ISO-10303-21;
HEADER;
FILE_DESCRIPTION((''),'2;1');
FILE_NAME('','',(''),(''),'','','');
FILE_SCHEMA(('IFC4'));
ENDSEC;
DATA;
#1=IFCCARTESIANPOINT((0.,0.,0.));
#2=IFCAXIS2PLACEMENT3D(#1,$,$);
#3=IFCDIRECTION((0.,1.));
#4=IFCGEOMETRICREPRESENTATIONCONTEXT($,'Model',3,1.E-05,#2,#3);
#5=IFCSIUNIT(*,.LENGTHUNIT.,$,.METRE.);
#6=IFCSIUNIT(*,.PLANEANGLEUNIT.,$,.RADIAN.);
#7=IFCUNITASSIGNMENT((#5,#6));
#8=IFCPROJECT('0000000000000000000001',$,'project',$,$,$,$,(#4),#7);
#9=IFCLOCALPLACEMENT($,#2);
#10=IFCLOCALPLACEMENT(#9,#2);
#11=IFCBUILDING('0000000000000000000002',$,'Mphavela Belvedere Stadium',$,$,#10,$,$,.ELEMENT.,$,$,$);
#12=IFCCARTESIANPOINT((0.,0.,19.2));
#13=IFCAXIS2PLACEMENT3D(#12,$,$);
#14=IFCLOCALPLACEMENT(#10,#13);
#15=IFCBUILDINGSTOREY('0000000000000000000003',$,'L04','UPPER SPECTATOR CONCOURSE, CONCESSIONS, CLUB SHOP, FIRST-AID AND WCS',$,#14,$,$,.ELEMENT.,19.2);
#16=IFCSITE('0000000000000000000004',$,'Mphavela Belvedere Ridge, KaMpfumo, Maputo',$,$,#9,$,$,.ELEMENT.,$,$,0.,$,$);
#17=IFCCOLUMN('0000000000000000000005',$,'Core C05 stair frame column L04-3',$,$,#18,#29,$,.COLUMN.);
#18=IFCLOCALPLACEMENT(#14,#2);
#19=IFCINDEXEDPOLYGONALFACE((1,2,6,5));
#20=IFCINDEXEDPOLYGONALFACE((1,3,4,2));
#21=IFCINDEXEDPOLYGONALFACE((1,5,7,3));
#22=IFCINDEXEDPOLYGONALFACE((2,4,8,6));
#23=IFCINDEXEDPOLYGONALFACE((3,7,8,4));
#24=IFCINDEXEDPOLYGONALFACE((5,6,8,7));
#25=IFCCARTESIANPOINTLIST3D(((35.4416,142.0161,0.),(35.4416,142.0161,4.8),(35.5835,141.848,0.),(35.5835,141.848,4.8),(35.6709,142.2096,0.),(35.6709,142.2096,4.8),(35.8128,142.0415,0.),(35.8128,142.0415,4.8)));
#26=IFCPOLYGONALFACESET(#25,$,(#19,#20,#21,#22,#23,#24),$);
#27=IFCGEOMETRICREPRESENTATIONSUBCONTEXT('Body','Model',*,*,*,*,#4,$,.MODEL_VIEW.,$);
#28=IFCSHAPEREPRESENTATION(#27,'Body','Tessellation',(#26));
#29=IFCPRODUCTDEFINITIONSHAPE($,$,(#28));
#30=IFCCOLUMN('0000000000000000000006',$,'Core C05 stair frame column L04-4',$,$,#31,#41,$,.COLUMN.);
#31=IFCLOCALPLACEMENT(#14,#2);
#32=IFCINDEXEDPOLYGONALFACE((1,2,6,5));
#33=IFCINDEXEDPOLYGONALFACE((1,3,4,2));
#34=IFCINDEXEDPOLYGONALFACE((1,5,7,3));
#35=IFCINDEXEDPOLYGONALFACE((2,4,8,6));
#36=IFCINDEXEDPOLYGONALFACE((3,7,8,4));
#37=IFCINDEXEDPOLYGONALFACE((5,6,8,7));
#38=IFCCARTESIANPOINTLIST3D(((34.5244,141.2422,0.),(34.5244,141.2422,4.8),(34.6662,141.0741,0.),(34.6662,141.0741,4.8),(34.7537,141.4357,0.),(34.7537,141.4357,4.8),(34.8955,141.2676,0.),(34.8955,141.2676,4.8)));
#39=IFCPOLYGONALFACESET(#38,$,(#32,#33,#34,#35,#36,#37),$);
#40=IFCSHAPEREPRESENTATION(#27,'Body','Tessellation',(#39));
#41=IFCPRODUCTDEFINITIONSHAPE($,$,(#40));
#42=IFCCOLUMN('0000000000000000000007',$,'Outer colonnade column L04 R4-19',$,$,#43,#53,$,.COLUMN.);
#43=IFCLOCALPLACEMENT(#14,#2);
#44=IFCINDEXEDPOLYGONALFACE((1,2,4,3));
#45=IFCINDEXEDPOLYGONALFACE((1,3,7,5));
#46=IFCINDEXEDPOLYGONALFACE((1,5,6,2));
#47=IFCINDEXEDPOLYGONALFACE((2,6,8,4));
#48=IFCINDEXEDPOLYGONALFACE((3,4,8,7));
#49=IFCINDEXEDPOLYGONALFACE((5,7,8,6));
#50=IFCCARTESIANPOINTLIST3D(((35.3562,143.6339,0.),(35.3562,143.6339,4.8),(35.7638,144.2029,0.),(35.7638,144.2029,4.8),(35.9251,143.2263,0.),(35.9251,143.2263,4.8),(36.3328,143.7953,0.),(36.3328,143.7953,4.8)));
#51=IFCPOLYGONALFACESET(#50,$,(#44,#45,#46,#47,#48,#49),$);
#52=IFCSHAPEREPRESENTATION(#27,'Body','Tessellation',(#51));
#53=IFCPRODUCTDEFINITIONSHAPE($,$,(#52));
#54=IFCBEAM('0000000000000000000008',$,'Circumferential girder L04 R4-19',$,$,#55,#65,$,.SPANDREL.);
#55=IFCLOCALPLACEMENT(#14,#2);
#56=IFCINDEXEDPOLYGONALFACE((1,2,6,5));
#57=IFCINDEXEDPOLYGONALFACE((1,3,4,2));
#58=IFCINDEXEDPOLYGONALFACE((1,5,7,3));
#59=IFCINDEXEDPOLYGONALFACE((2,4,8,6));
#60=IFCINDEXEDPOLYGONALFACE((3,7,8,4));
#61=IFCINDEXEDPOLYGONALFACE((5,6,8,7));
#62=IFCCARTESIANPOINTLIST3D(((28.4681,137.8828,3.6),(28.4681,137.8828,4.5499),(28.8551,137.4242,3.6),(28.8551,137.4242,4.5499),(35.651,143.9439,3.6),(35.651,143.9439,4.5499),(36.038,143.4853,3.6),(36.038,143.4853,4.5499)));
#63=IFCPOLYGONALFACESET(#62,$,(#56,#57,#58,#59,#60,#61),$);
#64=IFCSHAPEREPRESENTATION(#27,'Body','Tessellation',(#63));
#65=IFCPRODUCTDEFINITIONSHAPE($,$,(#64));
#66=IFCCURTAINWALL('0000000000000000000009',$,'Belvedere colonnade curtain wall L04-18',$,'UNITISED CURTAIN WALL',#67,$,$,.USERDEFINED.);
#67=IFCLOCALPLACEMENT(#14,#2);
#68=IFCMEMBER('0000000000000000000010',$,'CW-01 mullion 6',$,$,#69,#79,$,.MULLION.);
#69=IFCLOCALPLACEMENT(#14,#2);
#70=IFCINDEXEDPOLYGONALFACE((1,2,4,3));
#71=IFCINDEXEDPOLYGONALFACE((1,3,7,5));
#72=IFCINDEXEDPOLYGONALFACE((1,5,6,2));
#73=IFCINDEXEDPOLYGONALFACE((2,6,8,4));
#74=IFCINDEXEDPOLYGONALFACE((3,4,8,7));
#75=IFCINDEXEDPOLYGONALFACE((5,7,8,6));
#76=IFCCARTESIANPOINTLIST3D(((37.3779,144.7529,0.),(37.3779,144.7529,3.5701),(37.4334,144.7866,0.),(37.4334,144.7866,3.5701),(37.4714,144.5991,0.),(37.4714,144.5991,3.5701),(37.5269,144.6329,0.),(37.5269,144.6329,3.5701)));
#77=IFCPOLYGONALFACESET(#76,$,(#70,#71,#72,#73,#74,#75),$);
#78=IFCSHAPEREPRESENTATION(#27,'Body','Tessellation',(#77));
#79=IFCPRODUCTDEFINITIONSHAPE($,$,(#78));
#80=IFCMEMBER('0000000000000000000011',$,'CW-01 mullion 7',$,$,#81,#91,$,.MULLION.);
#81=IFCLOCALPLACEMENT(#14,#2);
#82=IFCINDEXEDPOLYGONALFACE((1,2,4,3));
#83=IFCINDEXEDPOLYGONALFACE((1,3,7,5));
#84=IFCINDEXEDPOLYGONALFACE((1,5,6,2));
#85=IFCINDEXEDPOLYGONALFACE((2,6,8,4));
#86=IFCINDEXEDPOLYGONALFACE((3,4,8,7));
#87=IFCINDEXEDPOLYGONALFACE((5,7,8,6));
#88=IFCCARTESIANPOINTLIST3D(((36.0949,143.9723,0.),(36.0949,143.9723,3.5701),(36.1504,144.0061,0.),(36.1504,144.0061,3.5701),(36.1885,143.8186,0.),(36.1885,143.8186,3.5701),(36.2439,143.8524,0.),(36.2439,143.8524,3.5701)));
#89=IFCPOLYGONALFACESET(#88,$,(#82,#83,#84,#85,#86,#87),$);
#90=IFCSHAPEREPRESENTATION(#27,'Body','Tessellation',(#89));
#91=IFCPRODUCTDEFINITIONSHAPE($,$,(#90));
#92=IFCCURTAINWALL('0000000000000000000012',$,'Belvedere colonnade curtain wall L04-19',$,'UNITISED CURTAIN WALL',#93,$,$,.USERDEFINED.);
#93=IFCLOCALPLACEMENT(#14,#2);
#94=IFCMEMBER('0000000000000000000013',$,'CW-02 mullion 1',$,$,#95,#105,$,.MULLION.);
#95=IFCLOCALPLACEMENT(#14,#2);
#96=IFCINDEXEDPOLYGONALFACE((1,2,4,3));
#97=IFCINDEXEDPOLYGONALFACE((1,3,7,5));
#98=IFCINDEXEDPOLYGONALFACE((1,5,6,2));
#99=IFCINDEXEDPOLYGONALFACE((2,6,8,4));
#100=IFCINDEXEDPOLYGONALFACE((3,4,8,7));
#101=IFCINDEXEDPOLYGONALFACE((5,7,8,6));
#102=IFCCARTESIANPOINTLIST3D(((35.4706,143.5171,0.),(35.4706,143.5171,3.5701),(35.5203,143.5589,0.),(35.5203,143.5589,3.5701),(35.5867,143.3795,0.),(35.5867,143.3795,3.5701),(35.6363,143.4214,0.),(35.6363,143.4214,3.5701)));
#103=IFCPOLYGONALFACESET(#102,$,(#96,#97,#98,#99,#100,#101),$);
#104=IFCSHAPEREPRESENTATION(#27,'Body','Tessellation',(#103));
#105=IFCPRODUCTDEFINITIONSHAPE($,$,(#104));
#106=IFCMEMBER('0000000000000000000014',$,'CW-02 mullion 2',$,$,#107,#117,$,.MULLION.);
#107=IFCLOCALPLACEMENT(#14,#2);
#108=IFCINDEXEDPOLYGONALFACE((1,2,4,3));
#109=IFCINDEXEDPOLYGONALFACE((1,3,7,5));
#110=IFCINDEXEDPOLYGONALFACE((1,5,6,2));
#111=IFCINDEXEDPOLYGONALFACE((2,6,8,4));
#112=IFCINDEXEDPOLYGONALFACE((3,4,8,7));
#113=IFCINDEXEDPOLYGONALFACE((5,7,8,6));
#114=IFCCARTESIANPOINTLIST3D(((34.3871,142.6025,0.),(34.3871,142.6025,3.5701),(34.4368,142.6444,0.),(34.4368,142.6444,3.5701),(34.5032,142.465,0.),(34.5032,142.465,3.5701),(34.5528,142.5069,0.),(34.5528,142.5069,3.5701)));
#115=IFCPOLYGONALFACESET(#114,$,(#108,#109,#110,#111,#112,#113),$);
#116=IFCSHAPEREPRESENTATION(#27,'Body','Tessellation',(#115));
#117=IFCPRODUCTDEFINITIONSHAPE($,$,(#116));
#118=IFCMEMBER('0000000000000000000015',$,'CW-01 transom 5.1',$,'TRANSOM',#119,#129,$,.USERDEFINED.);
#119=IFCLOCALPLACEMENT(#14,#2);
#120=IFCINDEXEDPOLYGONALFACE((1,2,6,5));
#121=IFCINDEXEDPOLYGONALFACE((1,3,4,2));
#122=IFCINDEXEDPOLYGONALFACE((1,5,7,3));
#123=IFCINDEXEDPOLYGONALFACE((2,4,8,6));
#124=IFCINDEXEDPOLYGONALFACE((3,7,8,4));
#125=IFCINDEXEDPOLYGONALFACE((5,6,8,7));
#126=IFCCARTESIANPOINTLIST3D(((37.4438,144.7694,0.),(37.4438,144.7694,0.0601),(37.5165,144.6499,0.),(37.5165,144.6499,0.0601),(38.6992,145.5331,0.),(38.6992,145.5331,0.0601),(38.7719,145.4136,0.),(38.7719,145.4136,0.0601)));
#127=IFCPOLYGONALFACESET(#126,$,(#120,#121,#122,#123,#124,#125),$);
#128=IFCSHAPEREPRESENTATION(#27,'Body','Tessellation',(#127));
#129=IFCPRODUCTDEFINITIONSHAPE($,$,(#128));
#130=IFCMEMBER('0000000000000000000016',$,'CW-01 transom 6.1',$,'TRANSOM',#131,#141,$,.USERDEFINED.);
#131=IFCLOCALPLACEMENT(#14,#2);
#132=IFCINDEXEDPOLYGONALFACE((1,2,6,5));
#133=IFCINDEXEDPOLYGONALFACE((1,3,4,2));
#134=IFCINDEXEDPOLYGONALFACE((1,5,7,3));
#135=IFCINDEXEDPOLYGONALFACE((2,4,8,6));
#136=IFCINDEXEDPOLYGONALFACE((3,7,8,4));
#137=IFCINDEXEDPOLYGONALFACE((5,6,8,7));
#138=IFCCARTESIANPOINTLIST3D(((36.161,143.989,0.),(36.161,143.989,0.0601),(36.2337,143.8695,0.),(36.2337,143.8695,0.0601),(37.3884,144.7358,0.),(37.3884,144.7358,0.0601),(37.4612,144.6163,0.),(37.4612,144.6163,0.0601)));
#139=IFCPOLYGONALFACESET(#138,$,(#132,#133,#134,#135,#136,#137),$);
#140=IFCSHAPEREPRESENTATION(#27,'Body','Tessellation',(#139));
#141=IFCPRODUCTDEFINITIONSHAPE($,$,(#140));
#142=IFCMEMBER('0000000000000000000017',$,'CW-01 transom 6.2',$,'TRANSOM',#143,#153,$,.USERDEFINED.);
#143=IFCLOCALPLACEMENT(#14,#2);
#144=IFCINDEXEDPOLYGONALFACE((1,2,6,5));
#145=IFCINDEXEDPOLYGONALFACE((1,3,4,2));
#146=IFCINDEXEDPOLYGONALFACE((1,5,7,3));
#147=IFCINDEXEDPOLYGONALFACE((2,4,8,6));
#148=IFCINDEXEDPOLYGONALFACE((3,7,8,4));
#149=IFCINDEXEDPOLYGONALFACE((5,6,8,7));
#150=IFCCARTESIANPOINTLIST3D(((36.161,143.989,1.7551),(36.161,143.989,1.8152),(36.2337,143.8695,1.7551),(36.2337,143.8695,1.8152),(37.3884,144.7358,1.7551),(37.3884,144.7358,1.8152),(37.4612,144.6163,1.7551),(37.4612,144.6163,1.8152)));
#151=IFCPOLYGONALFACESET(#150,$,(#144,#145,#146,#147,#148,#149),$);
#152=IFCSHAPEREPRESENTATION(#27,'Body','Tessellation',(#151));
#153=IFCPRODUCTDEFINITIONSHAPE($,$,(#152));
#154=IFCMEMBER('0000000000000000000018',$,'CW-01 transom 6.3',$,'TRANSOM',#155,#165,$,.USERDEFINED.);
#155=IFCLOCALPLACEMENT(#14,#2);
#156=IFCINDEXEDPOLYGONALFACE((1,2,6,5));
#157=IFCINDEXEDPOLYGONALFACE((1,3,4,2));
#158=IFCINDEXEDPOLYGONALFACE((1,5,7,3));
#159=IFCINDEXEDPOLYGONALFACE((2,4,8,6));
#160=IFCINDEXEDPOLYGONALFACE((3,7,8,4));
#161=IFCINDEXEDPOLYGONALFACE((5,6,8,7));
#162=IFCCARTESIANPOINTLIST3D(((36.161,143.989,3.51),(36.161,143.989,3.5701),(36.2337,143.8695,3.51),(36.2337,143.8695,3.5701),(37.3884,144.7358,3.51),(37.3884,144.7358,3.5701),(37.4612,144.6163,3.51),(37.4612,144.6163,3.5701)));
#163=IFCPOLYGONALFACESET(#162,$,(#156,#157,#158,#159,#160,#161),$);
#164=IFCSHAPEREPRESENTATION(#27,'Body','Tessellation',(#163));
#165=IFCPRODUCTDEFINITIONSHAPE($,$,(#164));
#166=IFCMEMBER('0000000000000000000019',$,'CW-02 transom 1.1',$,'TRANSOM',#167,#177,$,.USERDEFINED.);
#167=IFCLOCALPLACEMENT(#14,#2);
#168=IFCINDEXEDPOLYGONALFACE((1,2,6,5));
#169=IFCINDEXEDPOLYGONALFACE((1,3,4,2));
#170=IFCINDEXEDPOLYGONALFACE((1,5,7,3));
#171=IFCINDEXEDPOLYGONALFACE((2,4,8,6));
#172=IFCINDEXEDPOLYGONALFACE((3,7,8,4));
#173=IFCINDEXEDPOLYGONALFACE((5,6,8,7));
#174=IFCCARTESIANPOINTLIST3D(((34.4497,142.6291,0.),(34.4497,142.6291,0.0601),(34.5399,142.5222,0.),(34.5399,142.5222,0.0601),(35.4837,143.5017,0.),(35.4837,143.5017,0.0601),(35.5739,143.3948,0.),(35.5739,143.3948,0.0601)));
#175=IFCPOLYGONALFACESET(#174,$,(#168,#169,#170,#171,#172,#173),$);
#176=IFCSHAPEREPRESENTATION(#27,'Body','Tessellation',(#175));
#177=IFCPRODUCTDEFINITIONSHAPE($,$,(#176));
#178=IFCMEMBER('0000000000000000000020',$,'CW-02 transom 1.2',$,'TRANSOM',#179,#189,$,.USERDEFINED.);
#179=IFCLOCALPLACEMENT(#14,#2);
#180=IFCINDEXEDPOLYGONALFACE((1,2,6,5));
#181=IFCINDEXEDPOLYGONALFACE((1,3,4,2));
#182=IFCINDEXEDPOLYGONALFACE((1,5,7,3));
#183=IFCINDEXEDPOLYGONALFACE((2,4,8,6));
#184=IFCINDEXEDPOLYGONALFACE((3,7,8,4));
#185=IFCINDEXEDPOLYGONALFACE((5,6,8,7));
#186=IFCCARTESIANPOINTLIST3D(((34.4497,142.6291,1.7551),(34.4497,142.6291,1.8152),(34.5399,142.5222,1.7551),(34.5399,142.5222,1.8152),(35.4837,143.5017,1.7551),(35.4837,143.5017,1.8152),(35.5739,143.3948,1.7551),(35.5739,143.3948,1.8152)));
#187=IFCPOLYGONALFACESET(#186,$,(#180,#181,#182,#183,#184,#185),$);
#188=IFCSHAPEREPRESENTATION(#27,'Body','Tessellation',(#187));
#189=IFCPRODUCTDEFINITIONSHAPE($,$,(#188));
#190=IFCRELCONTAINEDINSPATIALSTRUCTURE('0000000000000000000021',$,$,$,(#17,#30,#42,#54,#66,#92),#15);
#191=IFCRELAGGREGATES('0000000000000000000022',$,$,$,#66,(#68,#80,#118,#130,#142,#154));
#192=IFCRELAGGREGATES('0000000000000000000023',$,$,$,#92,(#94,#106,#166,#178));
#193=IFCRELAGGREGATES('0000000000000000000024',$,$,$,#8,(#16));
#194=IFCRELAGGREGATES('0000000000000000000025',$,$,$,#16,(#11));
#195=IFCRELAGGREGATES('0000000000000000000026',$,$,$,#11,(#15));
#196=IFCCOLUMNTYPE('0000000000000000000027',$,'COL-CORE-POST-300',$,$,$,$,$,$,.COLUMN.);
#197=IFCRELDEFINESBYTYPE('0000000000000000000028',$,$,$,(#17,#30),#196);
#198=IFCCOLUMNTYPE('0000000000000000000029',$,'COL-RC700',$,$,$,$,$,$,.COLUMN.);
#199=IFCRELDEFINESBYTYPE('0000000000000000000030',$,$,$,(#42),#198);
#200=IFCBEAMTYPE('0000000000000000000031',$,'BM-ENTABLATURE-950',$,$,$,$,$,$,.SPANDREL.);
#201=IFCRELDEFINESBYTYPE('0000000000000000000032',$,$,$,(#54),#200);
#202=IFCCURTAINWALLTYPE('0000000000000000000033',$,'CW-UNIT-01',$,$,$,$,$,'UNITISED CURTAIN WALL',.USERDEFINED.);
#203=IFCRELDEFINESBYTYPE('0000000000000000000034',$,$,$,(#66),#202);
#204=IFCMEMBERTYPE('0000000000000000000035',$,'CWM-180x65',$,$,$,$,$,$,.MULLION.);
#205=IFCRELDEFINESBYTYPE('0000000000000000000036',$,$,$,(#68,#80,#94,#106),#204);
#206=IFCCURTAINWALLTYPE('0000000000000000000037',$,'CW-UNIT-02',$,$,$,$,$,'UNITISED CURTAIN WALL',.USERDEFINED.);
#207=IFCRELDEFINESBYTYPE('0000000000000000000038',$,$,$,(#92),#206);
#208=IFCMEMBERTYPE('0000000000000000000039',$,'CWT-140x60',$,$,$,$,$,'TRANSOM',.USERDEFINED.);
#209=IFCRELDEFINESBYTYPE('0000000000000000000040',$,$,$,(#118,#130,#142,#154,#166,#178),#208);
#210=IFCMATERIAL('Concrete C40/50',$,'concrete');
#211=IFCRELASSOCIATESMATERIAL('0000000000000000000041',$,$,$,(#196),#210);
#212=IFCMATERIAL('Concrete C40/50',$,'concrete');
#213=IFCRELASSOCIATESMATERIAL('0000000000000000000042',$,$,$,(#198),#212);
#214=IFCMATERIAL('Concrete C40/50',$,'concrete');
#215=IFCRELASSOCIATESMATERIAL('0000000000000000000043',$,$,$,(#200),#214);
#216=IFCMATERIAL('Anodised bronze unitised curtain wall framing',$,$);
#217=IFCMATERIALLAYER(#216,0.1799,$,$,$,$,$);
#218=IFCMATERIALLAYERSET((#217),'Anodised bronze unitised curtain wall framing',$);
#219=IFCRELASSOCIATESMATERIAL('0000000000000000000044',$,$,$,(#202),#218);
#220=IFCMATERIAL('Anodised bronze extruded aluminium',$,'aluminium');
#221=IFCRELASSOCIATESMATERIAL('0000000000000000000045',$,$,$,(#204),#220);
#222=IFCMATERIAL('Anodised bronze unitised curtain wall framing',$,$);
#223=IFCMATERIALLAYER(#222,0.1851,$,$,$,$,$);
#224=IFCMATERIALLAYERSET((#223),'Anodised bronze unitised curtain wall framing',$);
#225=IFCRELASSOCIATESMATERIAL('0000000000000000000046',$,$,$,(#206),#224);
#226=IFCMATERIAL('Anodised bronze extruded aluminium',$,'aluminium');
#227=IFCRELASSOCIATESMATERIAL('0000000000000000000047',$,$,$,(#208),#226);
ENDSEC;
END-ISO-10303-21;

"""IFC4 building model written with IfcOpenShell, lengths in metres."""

from ifc_helpers import new_model, si_unit, direction, frame, origin, origin_2d, place, context, subcontext, project, spatial, rectangle, extrude, material, layer, layer_set, material_profile, profile_set, type_object, element, aggregate, save


model = new_model("IFC4")

# Units and contexts
model_context = context("Model", 3, precision=1e-05, world=origin(), true_north=direction((0.0, 1.0)))
body_context = subcontext(model_context, "Body", "Model", "MODEL_VIEW")
ifc_project = project(units=[si_unit("LENGTHUNIT", "METRE"), si_unit("PLANEANGLEUNIT", "RADIAN")], contexts=[model_context])

# Site, building, storey
site_placement = place(None, origin())
site = spatial("IfcSite", under=ifc_project, at=site_placement, Name="Mphavela Belvedere Ridge, KaMpfumo, Maputo", CompositionType="ELEMENT", RefElevation=0.0)
building_placement = place(site_placement, origin())
building = spatial("IfcBuilding", under=site, at=building_placement, Name="Mphavela Belvedere Stadium", CompositionType="ELEMENT")
storey_placement = place(building_placement, frame((0.0, 0.0, 19.2)))
storey = spatial("IfcBuildingStorey", under=building, at=storey_placement, Name="L04", Description="UPPER SPECTATOR CONCOURSE, CONCESSIONS, CLUB SHOP, FIRST-AID AND WCS", CompositionType="ELEMENT", Elevation=19.2)

# Columns
ifc_material_1 = material(Name="Concrete C40/50", Category="concrete")
ifc_material_profile_1 = material_profile(ifc_material_1, rectangle(XDim=0.3, YDim=0.22, at=origin_2d()), Name="RC 300x220")
ifc_profile_set_1 = profile_set([ifc_material_profile_1], Name="Concrete C40/50")
column_type_1 = type_object("IfcColumnType", Name="COL-CORE-POST-300", PredefinedType="COLUMN", material=ifc_profile_set_1)
for number, where, z_axis, x_axis, name in (
    (1, (35.6272, 142.0288, 0.0), (0.0, 0.0, 1.0), (0.764246, 0.644924, 0.0), "Core C05 stair frame column L04-3"),
    (2, (34.71, 141.2549, 0.0), (0.0, 0.0, 1.0), (0.764246, 0.644924, 0.0), "Core C05 stair frame column L04-4"),
):
    element("IfcColumn", number, at=place(storey_placement, frame(where, z_axis=z_axis, x_axis=x_axis)), inside=storey, type_object=column_type_1, Name=name, PredefinedType="COLUMN", context=body_context, shape_type="SweptSolid", body=[
        extrude(rectangle(XDim=0.3, YDim=0.22, at=origin_2d()), origin(), (0.0, 0.0, 1.0), 4.8),
    ])
ifc_material_2 = material(Name="Concrete C40/50", Category="concrete")
ifc_material_profile_2 = material_profile(ifc_material_2, rectangle(XDim=0.7, YDim=0.7, at=origin_2d()), Name="RC 700x700")
ifc_profile_set_2 = profile_set([ifc_material_profile_2], Name="Concrete C40/50")
column_type_2 = type_object("IfcColumnType", Name="COL-RC700", PredefinedType="COLUMN", material=ifc_profile_set_2)
column_placement = place(storey_placement, frame((35.8445, 143.7146, 0.0), z_axis=(0.0, 0.0, 1.0), x_axis=(-0.812898, 0.582407, 0.0)))
element("IfcColumn", 3, at=column_placement, inside=storey, type_object=column_type_2, Name="Outer colonnade column L04 R4-19", PredefinedType="COLUMN", context=body_context, shape_type="SweptSolid", body=[
    extrude(rectangle(XDim=0.7, YDim=0.7, at=origin_2d()), origin(), (0.0, 0.0, 1.0), 4.8),
])

# Beam
ifc_material_3 = material(Name="Concrete C40/50", Category="concrete")
ifc_material_profile_3 = material_profile(ifc_material_3, rectangle(XDim=0.6001, YDim=0.95, at=origin_2d()), Name="RC 600x950")
ifc_profile_set_3 = profile_set([ifc_material_profile_3], Name="Concrete C40/50")
beam_type = type_object("IfcBeamType", Name="BM-ENTABLATURE-950", PredefinedType="SPANDREL", material=ifc_profile_set_3)
beam_placement = place(storey_placement, frame((35.8445, 143.7146, 4.075), z_axis=(-0.764265, -0.644902, 0.0), x_axis=(0.644902, -0.764265, 0.0)))
element("IfcBeam", 4, at=beam_placement, inside=storey, type_object=beam_type, Name="Circumferential girder L04 R4-19", PredefinedType="SPANDREL", context=body_context, shape_type="SweptSolid", body=[
    extrude(rectangle(XDim=0.6001, YDim=0.95, at=origin_2d()), origin(), (0.0, 0.0, 1.0), 9.3984),
])

# Curtain walls, members
ifc_material_4 = material(Name="Anodised bronze unitised curtain wall framing")
ifc_layer_1 = layer(ifc_material_4, 0.1799)
ifc_layer_set_1 = layer_set([ifc_layer_1], Name="Anodised bronze unitised curtain wall framing")
curtain_wall_type_1 = type_object("IfcCurtainWallType", Name="CW-UNIT-01", ElementType="UNITISED CURTAIN WALL", PredefinedType="USERDEFINED", material=ifc_layer_set_1)
curtain_wall_1_placement = place(storey_placement, origin())
curtain_wall_1 = element("IfcCurtainWall", 5, at=curtain_wall_1_placement, inside=storey, type_object=curtain_wall_type_1, Name="Belvedere colonnade curtain wall L04-18", ObjectType="UNITISED CURTAIN WALL", PredefinedType="USERDEFINED")
ifc_material_5 = material(Name="Anodised bronze extruded aluminium", Category="aluminium")
ifc_material_profile_4 = material_profile(ifc_material_5, rectangle(XDim=0.1799, YDim=0.0649, at=origin_2d()), Name="CW-MUL 180x65")
ifc_profile_set_4 = profile_set([ifc_material_profile_4], Name="Anodised bronze extruded aluminium")
member_type_1 = type_object("IfcMemberType", Name="CWM-180x65", PredefinedType="MULLION", material=ifc_profile_set_4)
member_1_placement = place(storey_placement, frame((37.4524, 144.6929, 0.0), z_axis=(0.0, 0.0, 1.0), x_axis=(0.519735, -0.854327, 0.0)))
member_1 = element("IfcMember", 6, at=member_1_placement, type_object=member_type_1, Name="CW-01 mullion 6", PredefinedType="MULLION", context=body_context, shape_type="SweptSolid", body=[
    extrude(rectangle(XDim=0.1799, YDim=0.0649, at=origin_2d()), origin(), (0.0, 0.0, 1.0), 3.5701),
])
member_2_placement = place(storey_placement, frame((36.1694, 143.9124, 0.0), z_axis=(0.0, 0.0, 1.0), x_axis=(0.519735, -0.854327, 0.0)))
member_2 = element("IfcMember", 7, at=member_2_placement, type_object=member_type_1, Name="CW-01 mullion 7", PredefinedType="MULLION", context=body_context, shape_type="SweptSolid", body=[
    extrude(rectangle(XDim=0.1799, YDim=0.0649, at=origin_2d()), origin(), (0.0, 0.0, 1.0), 3.5701),
])
ifc_material_6 = material(Name="Anodised bronze unitised curtain wall framing")
ifc_layer_2 = layer(ifc_material_6, 0.1851)
ifc_layer_set_2 = layer_set([ifc_layer_2], Name="Anodised bronze unitised curtain wall framing")
curtain_wall_type_2 = type_object("IfcCurtainWallType", Name="CW-UNIT-02", ElementType="UNITISED CURTAIN WALL", PredefinedType="USERDEFINED", material=ifc_layer_set_2)
curtain_wall_2_placement = place(storey_placement, origin())
curtain_wall_2 = element("IfcCurtainWall", 8, at=curtain_wall_2_placement, inside=storey, type_object=curtain_wall_type_2, Name="Belvedere colonnade curtain wall L04-19", ObjectType="UNITISED CURTAIN WALL", PredefinedType="USERDEFINED")
member_3_placement = place(storey_placement, frame((35.5535, 143.4692, 0.0), z_axis=(0.0, 0.0, 1.0), x_axis=(0.644916, -0.764253, 0.0)))
member_3 = element("IfcMember", 9, at=member_3_placement, type_object=member_type_1, Name="CW-02 mullion 1", PredefinedType="MULLION", context=body_context, shape_type="SweptSolid", body=[
    extrude(rectangle(XDim=0.1799, YDim=0.0649, at=origin_2d()), origin(), (0.0, 0.0, 1.0), 3.5701),
])
member_4_placement = place(storey_placement, frame((34.47, 142.5547, 0.0), z_axis=(0.0, 0.0, 1.0), x_axis=(0.644916, -0.764253, 0.0)))
member_4 = element("IfcMember", 10, at=member_4_placement, type_object=member_type_1, Name="CW-02 mullion 2", PredefinedType="MULLION", context=body_context, shape_type="SweptSolid", body=[
    extrude(rectangle(XDim=0.1799, YDim=0.0649, at=origin_2d()), origin(), (0.0, 0.0, 1.0), 3.5701),
])

# Members
ifc_material_7 = material(Name="Anodised bronze extruded aluminium", Category="aluminium")
ifc_material_profile_5 = material_profile(ifc_material_7, rectangle(XDim=0.1399, YDim=0.0601, at=origin_2d()), Name="CW-TRN 140x60")
ifc_profile_set_5 = profile_set([ifc_material_profile_5], Name="Anodised bronze extruded aluminium")
member_type_2 = type_object("IfcMemberType", Name="CWT-140x60", ElementType="TRANSOM", PredefinedType="USERDEFINED", material=ifc_profile_set_5)
member_5_placement = place(storey_placement, frame((38.7356, 145.4734, 0.03), z_axis=(-0.85434, -0.519715, 0.0), x_axis=(0.519715, -0.85434, 0.0)))
member_5 = element("IfcMember", 11, at=member_5_placement, type_object=member_type_2, Name="CW-01 transom 5.1", ObjectType="TRANSOM", PredefinedType="USERDEFINED", context=body_context, shape_type="SweptSolid", body=[
    extrude(rectangle(XDim=0.1399, YDim=0.0601, at=origin_2d()), origin(), (0.0, 0.0, 1.0), 1.4695),
])
member_6_placement = place(storey_placement, frame((37.4248, 144.676, 0.03), z_axis=(-0.854313, -0.519758, 0.0), x_axis=(0.519758, -0.854313, 0.0)))
member_6 = element("IfcMember", 12, at=member_6_placement, type_object=member_type_2, Name="CW-01 transom 6.1", ObjectType="TRANSOM", PredefinedType="USERDEFINED", context=body_context, shape_type="SweptSolid", body=[
    extrude(rectangle(XDim=0.1399, YDim=0.0601, at=origin_2d()), origin(), (0.0, 0.0, 1.0), 1.4368),
])
member_7_placement = place(storey_placement, frame((37.4248, 144.676, 1.7852), z_axis=(-0.854313, -0.519758, 0.0), x_axis=(0.519758, -0.854313, 0.0)))
member_7 = element("IfcMember", 13, at=member_7_placement, type_object=member_type_2, Name="CW-01 transom 6.2", ObjectType="TRANSOM", PredefinedType="USERDEFINED", context=body_context, shape_type="SweptSolid", body=[
    extrude(rectangle(XDim=0.1399, YDim=0.0601, at=origin_2d()), origin(), (0.0, 0.0, 1.0), 1.4368),
])
member_8_placement = place(storey_placement, frame((37.4248, 144.676, 3.54), z_axis=(-0.854313, -0.519758, 0.0), x_axis=(0.519758, -0.854313, 0.0)))
member_8 = element("IfcMember", 14, at=member_8_placement, type_object=member_type_2, Name="CW-01 transom 6.3", ObjectType="TRANSOM", PredefinedType="USERDEFINED", context=body_context, shape_type="SweptSolid", body=[
    extrude(rectangle(XDim=0.1399, YDim=0.0601, at=origin_2d()), origin(), (0.0, 0.0, 1.0), 1.4368),
])
member_9_placement = place(storey_placement, frame((35.5288, 143.4482, 0.03), z_axis=(-0.764228, -0.644947, 0.0), x_axis=(0.644947, -0.764228, 0.0)))
member_9 = element("IfcMember", 15, at=member_9_placement, type_object=member_type_2, Name="CW-02 transom 1.1", ObjectType="TRANSOM", PredefinedType="USERDEFINED", context=body_context, shape_type="SweptSolid", body=[
    extrude(rectangle(XDim=0.1399, YDim=0.0601, at=origin_2d()), origin(), (0.0, 0.0, 1.0), 1.353),
])
member_10_placement = place(storey_placement, frame((35.5288, 143.4482, 1.7852), z_axis=(-0.764228, -0.644947, 0.0), x_axis=(0.644947, -0.764228, 0.0)))
member_10 = element("IfcMember", 16, at=member_10_placement, type_object=member_type_2, Name="CW-02 transom 1.2", ObjectType="TRANSOM", PredefinedType="USERDEFINED", context=body_context, shape_type="SweptSolid", body=[
    extrude(rectangle(XDim=0.1399, YDim=0.0601, at=origin_2d()), origin(), (0.0, 0.0, 1.0), 1.353),
])

aggregate(curtain_wall_1, [member_1, member_2, member_5, member_6, member_7, member_8])
aggregate(curtain_wall_2, [member_3, member_4, member_9, member_10])

save(model, "model.ifc")
